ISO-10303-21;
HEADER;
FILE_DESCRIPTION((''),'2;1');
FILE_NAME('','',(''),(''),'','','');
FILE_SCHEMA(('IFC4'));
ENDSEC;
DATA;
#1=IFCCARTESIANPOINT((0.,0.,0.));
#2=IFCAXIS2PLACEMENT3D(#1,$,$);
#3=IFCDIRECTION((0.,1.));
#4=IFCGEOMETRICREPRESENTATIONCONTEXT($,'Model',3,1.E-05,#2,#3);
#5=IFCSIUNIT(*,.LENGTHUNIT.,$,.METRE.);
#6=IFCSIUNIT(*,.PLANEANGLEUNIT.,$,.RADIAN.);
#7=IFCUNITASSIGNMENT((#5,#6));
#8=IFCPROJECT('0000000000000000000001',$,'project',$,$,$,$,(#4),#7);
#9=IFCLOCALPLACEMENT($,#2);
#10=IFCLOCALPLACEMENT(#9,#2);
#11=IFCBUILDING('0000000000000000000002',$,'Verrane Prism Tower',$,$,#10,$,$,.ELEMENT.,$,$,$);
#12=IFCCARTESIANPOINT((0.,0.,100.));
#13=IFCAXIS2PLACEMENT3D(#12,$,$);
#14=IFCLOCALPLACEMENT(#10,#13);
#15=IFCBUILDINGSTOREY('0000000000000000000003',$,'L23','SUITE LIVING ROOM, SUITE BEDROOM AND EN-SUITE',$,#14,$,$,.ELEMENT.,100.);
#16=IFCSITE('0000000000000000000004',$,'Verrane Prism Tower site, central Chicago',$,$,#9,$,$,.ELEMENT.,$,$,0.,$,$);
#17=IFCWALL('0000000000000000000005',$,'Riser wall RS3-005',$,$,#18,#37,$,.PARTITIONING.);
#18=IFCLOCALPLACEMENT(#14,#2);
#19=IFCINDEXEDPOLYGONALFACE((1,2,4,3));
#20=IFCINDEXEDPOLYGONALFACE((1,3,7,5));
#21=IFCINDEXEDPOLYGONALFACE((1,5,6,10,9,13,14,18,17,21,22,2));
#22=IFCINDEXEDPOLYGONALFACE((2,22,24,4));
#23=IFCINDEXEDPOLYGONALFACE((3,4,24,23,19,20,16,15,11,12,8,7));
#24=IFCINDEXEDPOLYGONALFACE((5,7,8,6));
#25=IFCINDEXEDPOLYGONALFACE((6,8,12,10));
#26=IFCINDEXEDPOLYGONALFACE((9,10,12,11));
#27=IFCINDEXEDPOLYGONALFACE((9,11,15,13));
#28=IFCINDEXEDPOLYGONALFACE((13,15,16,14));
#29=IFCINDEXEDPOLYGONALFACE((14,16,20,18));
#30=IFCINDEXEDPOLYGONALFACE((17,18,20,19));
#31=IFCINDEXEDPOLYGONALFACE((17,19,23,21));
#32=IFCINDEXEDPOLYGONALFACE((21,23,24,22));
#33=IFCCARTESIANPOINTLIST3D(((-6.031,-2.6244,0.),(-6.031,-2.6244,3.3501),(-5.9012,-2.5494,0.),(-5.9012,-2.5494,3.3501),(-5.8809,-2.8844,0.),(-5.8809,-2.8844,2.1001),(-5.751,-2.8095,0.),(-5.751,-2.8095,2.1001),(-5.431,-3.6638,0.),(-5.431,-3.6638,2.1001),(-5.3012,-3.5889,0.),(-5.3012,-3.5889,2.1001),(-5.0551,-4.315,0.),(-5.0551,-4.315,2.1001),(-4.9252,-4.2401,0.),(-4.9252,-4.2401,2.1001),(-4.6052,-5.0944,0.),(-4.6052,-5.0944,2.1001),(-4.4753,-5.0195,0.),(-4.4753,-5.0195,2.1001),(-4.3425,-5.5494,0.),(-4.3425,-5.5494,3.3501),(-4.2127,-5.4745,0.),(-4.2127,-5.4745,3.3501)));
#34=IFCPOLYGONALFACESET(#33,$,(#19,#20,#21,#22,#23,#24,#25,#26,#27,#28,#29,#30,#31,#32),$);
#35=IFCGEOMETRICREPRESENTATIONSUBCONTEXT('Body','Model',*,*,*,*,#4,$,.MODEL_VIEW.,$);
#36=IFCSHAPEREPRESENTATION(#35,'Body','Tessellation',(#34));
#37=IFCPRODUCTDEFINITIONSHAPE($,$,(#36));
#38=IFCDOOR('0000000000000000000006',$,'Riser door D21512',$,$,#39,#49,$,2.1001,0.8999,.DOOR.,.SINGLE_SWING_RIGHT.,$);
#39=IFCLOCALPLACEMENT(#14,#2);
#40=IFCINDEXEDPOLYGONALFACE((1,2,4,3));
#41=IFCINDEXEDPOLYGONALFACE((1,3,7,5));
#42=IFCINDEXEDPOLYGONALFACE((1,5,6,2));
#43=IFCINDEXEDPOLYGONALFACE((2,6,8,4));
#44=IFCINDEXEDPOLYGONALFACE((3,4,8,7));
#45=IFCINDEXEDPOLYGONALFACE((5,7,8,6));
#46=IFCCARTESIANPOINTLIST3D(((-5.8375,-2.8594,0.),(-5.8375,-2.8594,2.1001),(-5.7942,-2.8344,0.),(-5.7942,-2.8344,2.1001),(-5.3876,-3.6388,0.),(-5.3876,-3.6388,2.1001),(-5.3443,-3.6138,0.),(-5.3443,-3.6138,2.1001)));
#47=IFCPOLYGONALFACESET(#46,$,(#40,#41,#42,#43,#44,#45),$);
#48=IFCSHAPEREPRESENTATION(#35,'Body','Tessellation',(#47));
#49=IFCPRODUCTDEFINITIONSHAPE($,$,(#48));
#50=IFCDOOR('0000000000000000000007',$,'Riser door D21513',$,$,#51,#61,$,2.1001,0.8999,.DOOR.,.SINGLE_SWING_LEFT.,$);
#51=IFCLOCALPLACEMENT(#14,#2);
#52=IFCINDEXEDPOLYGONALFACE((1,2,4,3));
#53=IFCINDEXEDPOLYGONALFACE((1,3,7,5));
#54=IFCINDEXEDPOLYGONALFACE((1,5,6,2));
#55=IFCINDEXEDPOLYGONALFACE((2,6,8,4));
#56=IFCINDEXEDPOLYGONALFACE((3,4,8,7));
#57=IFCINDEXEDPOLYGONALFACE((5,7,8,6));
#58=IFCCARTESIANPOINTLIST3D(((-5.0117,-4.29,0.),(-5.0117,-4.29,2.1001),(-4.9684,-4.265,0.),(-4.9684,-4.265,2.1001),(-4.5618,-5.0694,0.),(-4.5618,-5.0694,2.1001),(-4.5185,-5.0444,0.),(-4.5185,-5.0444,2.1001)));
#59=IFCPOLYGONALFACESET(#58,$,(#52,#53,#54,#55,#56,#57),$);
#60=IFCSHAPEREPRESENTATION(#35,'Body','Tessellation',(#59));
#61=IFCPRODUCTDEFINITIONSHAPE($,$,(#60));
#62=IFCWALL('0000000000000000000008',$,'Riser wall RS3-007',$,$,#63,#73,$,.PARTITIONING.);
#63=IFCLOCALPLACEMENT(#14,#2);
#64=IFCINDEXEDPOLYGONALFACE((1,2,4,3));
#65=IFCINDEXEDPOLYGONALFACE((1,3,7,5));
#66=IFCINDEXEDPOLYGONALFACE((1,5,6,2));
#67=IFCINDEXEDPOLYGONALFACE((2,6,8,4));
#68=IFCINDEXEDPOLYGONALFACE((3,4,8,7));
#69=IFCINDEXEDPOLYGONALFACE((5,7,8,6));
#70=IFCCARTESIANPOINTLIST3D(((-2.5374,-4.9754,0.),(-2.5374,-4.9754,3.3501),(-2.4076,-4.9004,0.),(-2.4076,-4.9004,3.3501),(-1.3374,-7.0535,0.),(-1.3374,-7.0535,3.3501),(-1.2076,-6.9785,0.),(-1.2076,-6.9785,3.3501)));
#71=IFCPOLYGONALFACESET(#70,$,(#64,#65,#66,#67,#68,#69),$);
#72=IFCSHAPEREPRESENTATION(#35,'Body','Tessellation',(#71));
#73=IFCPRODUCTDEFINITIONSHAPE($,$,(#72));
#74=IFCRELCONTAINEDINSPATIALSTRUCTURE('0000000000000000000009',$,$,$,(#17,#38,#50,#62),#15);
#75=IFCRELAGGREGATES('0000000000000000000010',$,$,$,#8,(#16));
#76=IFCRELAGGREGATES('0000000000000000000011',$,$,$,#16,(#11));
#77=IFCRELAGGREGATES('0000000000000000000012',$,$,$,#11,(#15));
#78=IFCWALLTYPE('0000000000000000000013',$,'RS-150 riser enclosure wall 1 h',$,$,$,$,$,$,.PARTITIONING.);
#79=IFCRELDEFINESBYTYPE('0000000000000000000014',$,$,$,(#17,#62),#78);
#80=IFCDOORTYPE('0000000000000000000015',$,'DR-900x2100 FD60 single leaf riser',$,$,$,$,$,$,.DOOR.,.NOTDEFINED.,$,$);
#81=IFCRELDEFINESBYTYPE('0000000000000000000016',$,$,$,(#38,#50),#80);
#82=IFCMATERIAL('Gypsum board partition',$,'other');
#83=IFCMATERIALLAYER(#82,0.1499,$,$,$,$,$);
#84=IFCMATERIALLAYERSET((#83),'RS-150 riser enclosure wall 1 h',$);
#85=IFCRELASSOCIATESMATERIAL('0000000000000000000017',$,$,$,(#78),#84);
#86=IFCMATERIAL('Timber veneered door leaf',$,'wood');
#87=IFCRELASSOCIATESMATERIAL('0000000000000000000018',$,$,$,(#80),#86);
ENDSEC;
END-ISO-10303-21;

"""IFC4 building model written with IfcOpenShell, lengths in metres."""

from ifc_helpers import new_model, si_unit, direction, frame, frame_2d, origin, place, context, subcontext, project, spatial, rectangle, extrude, material, layer, layer_set, type_object, element, fill, save


model = new_model("IFC4")

# Units and contexts
model_context = context("Model", 3, precision=1e-05, world=origin(), true_north=direction((0.0, 1.0)))
body_context = subcontext(model_context, "Body", "Model", "MODEL_VIEW")
ifc_project = project(units=[si_unit("LENGTHUNIT", "METRE"), si_unit("PLANEANGLEUNIT", "RADIAN")], contexts=[model_context])

# Site, building, storey
site_placement = place(None, origin())
site = spatial("IfcSite", under=ifc_project, at=site_placement, Name="Verrane Prism Tower site, central Chicago", CompositionType="ELEMENT", RefElevation=0.0)
building_placement = place(site_placement, origin())
building = spatial("IfcBuilding", under=site, at=building_placement, Name="Verrane Prism Tower", CompositionType="ELEMENT")
storey_placement = place(building_placement, frame((0.0, 0.0, 100.0)))
storey = spatial("IfcBuildingStorey", under=building, at=storey_placement, Name="L23", Description="SUITE LIVING ROOM, SUITE BEDROOM AND EN-SUITE", CompositionType="ELEMENT", Elevation=100.0)

# Shared definitions
ifc_material_1 = material(Name="Gypsum board partition", Category="other")
ifc_layer_1 = layer(ifc_material_1, 0.1499)
ifc_layer_set_1 = layer_set([ifc_layer_1], Name="RS-150 riser enclosure wall 1 h")
wall_type_1 = type_object("IfcWallType", Name="RS-150 riser enclosure wall 1 h", PredefinedType="PARTITIONING", material=ifc_layer_set_1)

# Wall, openings, doors
wall_1_placement = place(storey_placement, frame((-4.2776, -5.512, 0.0), z_axis=(0.0, 0.0, 1.0), x_axis=(-0.499933, 0.866064, 0.0)))
wall_1 = element("IfcWall", 1, at=wall_1_placement, inside=storey, type_object=wall_type_1, Name="Riser wall RS3-005", PredefinedType="PARTITIONING", context=body_context, shape_type="SweptSolid", body=[
    extrude(rectangle(XDim=3.3774, YDim=0.1499, at=frame_2d((1.6887, 0.0))), origin(), (0.0, 0.0, 1.0), 3.3501),
])
opening_1_placement = place(wall_1_placement, frame((2.1772, 0.0, 0.0)))
opening_1 = element("IfcOpeningElement", 2, at=opening_1_placement, cuts=wall_1, PredefinedType="OPENING", context=body_context, shape_type="SweptSolid", body=[
    extrude(rectangle(XDim=0.8999, YDim=2.1001, at=frame_2d((0.45, 1.05))), frame((0.0, 0.085, 0.0), z_axis=(0.0, -1.0, 0.0), x_axis=(1.0, 0.0, 0.0)), (0.0, 0.0, 1.0), 0.1699),
])
opening_2_placement = place(wall_1_placement, frame((0.5254, 0.0, 0.0)))
opening_2 = element("IfcOpeningElement", 3, at=opening_2_placement, cuts=wall_1, PredefinedType="OPENING", context=body_context, shape_type="SweptSolid", body=[
    extrude(rectangle(XDim=0.8999, YDim=2.1001, at=frame_2d((0.45, 1.05))), frame((0.0, 0.085, 0.0), z_axis=(0.0, -1.0, 0.0), x_axis=(1.0, 0.0, 0.0)), (0.0, 0.0, 1.0), 0.1699),
])
ifc_material_2 = material(Name="Timber veneered door leaf", Category="wood")
door_type_1 = type_object("IfcDoorType", Name="DR-900x2100 FD60 single leaf riser", OperationType="NOTDEFINED", PredefinedType="DOOR", material=ifc_material_2)
door_1_placement = place(opening_1_placement, origin())
door_1 = element("IfcDoor", 4, at=door_1_placement, inside=storey, type_object=door_type_1, Name="Riser door D21512", OperationType="SINGLE_SWING_RIGHT", OverallHeight=2.1001, OverallWidth=0.8999, PredefinedType="DOOR", context=body_context, shape_type="SweptSolid", body=[
    extrude(rectangle(XDim=0.8999, YDim=2.1001, at=frame_2d((0.45, 1.05))), frame((0.0, 0.0249, 0.0), z_axis=(0.0, -1.0, 0.0), x_axis=(1.0, 0.0, 0.0)), (0.0, 0.0, 1.0), 0.05),
])
fill(opening_1, door_1)
door_2_placement = place(opening_2_placement, origin())
door_2 = element("IfcDoor", 5, at=door_2_placement, inside=storey, type_object=door_type_1, Name="Riser door D21513", OperationType="SINGLE_SWING_LEFT", OverallHeight=2.1001, OverallWidth=0.8999, PredefinedType="DOOR", context=body_context, shape_type="SweptSolid", body=[
    extrude(rectangle(XDim=0.8999, YDim=2.1001, at=frame_2d((0.45, 1.05))), frame((0.0, 0.0249, 0.0), z_axis=(0.0, -1.0, 0.0), x_axis=(1.0, 0.0, 0.0)), (0.0, 0.0, 1.0), 0.05),
])
fill(opening_2, door_2)

# Wall
wall_2_placement = place(storey_placement, frame((-2.4724, -4.938, 0.0), z_axis=(0.0, 0.0, 1.0), x_axis=(0.500045, -0.865999, 0.0)))
element("IfcWall", 6, at=wall_2_placement, inside=storey, type_object=wall_type_1, Name="Riser wall RS3-007", PredefinedType="PARTITIONING", context=body_context, shape_type="SweptSolid", body=[
    extrude(rectangle(XDim=2.3997, YDim=0.1499, at=frame_2d((1.1997, 0.0))), origin(), (0.0, 0.0, 1.0), 3.3501),
])

save(model, "model.ifc")
